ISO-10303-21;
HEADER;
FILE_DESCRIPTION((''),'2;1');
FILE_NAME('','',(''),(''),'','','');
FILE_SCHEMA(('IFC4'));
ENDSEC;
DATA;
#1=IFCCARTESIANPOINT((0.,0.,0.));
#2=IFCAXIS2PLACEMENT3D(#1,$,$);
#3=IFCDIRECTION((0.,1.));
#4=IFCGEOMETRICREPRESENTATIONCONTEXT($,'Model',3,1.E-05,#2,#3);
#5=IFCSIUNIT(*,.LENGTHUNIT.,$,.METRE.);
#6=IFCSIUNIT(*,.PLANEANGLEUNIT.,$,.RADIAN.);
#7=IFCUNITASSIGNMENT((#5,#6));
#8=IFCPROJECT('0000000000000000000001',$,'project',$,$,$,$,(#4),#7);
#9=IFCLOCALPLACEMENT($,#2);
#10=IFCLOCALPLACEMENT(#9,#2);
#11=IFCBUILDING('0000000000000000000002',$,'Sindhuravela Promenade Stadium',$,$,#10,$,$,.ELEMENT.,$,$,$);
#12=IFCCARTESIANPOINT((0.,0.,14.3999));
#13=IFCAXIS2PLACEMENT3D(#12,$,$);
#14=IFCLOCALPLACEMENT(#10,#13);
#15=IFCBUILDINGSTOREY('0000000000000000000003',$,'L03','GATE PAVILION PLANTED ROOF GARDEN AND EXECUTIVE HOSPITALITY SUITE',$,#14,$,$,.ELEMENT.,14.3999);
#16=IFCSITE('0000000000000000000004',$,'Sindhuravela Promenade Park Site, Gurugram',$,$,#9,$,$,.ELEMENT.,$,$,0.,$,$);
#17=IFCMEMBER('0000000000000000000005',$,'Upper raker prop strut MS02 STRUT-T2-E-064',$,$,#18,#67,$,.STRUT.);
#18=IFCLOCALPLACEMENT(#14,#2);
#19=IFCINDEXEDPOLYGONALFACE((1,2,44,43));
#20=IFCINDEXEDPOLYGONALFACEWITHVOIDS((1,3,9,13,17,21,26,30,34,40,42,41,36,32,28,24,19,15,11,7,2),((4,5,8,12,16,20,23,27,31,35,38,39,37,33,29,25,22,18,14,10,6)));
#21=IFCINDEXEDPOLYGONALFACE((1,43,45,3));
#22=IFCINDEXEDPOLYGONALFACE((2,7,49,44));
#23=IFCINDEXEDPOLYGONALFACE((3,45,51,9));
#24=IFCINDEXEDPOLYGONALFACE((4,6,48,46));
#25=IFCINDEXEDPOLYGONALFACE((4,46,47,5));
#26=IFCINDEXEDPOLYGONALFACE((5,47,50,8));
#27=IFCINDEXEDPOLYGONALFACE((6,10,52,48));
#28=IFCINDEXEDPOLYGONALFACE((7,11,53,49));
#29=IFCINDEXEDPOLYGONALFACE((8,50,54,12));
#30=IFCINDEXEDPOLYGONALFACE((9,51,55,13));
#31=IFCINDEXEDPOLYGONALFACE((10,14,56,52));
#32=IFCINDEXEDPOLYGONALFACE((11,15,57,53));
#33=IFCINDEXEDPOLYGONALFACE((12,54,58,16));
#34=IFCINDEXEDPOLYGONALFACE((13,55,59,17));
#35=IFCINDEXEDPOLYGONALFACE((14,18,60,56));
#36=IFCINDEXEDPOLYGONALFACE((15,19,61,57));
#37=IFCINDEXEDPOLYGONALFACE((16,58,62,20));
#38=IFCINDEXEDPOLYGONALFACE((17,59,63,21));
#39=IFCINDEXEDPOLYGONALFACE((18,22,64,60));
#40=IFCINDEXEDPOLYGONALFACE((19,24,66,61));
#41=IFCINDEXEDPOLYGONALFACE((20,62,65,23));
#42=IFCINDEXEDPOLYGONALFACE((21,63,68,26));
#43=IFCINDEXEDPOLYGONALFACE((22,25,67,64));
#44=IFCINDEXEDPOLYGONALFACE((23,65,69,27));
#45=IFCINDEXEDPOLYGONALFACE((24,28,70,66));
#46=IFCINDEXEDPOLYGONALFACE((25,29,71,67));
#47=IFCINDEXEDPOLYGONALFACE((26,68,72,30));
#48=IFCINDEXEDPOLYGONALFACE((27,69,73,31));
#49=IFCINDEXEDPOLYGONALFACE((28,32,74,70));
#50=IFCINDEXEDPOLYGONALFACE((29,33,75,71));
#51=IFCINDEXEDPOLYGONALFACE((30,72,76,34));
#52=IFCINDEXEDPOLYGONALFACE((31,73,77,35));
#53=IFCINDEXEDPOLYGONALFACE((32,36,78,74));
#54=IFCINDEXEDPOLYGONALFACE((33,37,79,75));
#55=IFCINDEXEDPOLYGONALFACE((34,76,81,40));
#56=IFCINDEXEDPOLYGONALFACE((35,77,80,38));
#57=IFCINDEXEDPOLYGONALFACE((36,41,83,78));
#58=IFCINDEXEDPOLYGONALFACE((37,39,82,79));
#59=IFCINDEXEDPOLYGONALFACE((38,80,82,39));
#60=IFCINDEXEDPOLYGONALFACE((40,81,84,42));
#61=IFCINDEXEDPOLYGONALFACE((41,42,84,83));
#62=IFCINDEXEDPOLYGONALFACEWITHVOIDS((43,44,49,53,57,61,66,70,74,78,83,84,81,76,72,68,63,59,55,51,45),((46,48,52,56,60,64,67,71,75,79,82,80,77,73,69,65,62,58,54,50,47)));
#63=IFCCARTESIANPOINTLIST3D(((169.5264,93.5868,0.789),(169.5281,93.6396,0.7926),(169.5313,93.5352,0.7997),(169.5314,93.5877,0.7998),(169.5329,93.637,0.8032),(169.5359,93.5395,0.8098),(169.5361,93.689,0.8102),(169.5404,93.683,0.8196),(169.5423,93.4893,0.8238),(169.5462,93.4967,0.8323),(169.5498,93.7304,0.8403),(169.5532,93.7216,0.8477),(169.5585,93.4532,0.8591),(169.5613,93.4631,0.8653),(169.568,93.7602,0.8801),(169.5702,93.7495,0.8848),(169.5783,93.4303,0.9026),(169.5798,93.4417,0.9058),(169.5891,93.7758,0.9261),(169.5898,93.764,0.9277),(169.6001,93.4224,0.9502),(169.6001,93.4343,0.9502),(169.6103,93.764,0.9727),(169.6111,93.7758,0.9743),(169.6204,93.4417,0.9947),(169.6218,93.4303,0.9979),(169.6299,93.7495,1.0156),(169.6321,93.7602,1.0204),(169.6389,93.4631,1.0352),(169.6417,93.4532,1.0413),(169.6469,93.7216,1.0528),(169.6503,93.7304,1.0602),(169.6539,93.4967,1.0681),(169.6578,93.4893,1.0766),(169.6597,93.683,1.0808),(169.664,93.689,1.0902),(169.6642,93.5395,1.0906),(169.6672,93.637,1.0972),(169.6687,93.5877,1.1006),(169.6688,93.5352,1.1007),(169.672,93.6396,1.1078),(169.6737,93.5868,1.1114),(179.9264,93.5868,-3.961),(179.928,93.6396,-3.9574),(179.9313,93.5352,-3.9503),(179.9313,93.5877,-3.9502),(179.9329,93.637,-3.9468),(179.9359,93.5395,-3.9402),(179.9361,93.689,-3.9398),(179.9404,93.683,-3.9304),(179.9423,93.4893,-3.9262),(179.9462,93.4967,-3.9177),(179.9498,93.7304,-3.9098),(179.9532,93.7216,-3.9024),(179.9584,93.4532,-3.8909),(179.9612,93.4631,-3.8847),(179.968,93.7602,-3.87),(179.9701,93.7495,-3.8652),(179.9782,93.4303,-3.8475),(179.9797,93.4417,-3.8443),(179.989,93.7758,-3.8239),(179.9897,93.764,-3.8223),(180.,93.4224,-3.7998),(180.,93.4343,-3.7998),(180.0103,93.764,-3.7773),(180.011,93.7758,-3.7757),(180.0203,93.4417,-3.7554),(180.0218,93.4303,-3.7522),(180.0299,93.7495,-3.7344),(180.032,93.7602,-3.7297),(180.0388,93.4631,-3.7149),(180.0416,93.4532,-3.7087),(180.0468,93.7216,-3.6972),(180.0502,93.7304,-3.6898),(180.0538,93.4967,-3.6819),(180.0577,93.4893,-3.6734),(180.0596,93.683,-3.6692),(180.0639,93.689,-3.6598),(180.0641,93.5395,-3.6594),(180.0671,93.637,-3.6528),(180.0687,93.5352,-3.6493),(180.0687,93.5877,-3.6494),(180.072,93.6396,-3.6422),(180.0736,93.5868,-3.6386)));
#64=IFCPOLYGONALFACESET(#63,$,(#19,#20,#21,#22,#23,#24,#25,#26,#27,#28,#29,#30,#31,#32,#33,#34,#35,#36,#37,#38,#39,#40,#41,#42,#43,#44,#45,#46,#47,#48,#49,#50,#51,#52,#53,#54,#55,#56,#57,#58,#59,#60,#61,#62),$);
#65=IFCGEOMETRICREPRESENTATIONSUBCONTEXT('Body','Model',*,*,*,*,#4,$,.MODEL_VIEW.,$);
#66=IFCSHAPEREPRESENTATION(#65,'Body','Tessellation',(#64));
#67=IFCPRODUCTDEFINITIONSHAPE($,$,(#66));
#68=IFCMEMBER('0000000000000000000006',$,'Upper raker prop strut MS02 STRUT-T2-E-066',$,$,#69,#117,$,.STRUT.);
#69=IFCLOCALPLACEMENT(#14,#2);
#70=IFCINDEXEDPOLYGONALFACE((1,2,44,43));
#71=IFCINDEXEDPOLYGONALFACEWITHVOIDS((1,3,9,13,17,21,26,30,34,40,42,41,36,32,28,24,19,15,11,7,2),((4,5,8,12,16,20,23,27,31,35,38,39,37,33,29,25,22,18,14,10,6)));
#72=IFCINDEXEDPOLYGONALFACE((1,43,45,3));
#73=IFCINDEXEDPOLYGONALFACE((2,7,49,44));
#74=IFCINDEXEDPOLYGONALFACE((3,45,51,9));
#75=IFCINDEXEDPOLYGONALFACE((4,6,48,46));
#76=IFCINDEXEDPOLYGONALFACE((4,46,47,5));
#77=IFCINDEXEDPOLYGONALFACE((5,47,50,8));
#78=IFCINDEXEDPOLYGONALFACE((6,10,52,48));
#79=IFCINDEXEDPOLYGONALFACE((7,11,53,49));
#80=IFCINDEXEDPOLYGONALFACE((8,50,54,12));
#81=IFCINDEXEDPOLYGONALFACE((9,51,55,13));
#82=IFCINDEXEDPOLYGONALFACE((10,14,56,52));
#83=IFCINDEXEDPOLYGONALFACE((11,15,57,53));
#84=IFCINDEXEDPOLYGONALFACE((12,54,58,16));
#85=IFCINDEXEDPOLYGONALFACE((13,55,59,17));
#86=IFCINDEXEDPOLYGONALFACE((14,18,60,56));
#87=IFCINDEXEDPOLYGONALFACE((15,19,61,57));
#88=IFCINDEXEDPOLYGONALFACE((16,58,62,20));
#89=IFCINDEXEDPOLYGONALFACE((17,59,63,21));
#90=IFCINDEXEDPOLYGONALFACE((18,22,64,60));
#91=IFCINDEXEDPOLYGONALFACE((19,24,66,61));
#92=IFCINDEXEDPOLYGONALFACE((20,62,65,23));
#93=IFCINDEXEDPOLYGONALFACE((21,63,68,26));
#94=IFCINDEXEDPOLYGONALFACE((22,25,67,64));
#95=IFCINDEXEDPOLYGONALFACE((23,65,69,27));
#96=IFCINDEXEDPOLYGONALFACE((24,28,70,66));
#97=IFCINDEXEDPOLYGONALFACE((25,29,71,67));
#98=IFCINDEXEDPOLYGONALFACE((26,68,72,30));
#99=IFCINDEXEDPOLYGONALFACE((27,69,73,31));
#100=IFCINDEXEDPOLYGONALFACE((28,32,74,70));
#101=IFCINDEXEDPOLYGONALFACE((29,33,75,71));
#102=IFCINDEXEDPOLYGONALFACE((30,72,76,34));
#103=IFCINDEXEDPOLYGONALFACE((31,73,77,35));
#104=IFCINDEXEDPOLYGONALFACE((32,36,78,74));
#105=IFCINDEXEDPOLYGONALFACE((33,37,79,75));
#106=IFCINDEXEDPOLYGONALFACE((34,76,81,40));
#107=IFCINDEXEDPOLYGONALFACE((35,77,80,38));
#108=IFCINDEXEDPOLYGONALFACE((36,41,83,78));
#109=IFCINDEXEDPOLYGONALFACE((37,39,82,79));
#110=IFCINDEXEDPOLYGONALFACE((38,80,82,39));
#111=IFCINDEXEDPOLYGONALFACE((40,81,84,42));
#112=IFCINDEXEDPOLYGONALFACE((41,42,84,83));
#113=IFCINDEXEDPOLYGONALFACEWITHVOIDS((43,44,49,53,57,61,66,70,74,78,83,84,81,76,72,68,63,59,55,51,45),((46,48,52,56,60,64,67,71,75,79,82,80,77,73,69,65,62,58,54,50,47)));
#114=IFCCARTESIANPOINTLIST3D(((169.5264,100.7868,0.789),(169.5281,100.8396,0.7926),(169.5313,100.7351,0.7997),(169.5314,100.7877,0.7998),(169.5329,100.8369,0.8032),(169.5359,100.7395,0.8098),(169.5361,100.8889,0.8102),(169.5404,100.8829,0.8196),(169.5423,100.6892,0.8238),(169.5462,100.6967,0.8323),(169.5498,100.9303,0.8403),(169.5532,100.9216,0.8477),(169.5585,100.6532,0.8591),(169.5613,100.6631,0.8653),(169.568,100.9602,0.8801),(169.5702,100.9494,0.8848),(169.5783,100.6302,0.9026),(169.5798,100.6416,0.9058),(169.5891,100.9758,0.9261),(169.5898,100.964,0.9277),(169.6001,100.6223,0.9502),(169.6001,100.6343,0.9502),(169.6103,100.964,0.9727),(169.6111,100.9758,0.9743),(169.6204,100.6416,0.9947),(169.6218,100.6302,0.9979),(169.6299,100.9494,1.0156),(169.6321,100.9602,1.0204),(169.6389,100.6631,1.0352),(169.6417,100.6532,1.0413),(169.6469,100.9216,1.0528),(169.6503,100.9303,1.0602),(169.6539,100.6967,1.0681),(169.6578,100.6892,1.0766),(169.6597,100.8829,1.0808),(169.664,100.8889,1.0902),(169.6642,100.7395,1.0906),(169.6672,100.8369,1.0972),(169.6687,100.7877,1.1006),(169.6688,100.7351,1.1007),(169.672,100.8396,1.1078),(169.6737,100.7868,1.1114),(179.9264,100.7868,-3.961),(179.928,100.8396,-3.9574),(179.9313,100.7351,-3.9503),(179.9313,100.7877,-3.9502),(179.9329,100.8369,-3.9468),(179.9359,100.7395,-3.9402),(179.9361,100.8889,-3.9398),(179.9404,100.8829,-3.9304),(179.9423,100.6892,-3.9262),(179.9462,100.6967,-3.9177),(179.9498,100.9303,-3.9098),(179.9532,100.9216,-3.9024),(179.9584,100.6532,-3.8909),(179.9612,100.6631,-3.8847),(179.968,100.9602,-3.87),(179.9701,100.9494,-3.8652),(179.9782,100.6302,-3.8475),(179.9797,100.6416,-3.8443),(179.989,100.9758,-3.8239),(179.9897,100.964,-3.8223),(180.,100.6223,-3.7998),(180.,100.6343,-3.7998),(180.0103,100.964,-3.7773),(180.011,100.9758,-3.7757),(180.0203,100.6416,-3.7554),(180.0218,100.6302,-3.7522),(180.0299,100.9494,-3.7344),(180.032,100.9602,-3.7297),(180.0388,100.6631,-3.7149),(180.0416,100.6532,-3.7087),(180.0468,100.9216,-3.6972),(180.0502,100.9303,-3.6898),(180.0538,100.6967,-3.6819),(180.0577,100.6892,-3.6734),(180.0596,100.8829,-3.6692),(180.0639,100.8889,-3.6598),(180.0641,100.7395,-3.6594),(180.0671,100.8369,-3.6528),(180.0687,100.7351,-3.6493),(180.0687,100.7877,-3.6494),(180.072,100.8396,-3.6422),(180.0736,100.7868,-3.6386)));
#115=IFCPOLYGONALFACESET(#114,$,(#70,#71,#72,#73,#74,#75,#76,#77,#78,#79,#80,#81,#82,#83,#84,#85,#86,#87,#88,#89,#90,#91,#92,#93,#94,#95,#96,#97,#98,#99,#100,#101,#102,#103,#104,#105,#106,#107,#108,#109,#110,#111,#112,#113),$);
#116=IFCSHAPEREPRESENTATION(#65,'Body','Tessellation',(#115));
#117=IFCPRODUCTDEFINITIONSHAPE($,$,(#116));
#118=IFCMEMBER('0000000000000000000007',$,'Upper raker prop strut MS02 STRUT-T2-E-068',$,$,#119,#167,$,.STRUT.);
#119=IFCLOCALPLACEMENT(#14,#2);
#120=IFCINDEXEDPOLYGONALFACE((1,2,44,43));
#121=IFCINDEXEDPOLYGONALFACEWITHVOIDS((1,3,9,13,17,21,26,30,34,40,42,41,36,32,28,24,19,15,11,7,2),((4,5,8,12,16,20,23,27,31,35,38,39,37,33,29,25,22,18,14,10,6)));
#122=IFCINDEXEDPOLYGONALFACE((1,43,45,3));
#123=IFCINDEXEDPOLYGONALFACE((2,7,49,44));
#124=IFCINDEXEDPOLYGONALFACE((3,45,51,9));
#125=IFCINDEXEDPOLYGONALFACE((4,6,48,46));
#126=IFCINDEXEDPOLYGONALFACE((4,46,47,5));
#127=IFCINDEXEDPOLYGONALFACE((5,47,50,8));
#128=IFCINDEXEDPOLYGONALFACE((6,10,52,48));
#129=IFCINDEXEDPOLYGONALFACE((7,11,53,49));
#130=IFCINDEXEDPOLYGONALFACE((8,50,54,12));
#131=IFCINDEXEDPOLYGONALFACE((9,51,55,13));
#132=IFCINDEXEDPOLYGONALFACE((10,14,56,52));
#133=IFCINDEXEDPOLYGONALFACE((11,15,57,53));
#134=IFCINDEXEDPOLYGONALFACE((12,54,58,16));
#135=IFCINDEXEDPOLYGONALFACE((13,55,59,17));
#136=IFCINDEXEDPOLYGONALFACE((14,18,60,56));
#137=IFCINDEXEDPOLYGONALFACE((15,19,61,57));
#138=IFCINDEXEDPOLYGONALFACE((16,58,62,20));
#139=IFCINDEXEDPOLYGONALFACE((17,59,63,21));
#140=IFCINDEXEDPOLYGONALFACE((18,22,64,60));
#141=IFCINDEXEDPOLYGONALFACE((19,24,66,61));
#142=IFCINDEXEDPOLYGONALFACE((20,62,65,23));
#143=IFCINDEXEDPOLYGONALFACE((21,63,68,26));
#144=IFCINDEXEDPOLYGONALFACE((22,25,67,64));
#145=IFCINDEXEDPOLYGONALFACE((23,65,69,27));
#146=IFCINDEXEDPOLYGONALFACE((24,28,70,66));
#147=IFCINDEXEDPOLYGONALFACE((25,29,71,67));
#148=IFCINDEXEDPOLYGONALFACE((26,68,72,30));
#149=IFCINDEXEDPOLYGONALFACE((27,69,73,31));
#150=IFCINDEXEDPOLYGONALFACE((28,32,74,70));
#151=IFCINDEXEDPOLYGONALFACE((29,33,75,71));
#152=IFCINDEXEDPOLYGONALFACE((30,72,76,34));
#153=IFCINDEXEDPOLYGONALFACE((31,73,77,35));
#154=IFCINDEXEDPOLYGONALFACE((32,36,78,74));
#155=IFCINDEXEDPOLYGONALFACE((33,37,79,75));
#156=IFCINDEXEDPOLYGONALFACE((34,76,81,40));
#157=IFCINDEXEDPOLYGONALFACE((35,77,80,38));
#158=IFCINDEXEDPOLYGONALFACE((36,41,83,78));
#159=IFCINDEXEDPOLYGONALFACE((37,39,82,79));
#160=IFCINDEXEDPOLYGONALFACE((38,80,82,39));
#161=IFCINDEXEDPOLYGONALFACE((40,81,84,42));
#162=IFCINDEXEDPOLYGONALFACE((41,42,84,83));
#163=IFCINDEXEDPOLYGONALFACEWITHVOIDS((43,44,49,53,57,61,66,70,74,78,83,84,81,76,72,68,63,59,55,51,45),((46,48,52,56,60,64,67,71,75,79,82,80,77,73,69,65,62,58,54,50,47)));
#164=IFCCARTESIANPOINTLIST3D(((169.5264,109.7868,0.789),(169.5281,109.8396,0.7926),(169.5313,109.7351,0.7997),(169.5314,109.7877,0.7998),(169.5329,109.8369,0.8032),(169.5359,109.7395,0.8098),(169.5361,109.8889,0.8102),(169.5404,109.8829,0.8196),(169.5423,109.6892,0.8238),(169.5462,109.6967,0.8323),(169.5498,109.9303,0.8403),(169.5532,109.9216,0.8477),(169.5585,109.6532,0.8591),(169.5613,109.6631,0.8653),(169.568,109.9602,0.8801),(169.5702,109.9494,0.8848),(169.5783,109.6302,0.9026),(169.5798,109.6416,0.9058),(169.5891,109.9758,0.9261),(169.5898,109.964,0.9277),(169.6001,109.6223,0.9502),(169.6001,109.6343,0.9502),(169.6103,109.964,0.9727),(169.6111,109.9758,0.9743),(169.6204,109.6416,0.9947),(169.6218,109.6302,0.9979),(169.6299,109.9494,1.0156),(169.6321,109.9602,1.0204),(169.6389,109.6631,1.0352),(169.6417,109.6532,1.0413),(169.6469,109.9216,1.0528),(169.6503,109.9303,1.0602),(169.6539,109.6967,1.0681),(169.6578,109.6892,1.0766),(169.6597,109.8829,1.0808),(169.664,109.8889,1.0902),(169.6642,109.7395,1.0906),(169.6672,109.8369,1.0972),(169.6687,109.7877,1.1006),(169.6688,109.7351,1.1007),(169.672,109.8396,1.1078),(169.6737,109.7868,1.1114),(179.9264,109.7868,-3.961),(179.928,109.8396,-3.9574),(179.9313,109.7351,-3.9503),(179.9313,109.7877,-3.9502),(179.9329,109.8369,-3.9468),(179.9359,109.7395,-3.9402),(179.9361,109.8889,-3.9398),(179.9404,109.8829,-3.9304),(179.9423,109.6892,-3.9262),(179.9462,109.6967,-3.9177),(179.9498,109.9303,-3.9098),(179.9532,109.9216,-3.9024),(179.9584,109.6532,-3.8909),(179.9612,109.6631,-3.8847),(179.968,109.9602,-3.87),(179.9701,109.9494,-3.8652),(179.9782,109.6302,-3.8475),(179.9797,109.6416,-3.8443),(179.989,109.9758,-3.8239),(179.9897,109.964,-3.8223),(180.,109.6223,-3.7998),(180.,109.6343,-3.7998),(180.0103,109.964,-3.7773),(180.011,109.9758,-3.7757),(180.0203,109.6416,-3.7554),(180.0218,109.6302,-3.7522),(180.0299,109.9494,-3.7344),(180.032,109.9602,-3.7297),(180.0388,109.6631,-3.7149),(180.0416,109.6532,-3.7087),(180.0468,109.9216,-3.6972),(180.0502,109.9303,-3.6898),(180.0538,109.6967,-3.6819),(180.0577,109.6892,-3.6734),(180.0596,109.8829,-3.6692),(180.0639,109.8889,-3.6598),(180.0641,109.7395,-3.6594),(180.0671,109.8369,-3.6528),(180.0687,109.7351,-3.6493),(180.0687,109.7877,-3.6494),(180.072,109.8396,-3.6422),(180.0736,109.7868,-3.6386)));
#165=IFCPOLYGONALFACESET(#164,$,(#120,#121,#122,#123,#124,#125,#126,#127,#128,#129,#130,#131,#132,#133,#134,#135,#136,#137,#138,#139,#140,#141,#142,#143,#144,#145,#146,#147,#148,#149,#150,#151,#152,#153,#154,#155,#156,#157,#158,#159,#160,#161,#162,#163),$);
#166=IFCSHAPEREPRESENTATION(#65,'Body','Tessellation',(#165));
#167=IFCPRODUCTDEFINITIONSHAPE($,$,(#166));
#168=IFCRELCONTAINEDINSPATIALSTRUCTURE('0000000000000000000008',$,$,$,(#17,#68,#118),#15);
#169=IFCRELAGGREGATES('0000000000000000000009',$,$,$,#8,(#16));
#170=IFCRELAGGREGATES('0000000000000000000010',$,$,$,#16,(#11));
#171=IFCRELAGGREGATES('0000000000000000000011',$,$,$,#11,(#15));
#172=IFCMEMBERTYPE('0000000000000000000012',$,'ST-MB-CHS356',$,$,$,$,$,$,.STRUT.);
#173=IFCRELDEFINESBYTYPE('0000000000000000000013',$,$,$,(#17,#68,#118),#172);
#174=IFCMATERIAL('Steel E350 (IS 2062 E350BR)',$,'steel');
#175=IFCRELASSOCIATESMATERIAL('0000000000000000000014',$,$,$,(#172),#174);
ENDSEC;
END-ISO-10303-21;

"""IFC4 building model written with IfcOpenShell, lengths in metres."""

from ifc_helpers import new_model, si_unit, direction, frame, origin, origin_2d, place, context, subcontext, project, spatial, hollow_circle, extrude, material, material_profile, profile_set, type_object, element, save


model = new_model("IFC4")

# Units and contexts
model_context = context("Model", 3, precision=1e-05, world=origin(), true_north=direction((0.0, 1.0)))
body_context = subcontext(model_context, "Body", "Model", "MODEL_VIEW")
ifc_project = project(units=[si_unit("LENGTHUNIT", "METRE"), si_unit("PLANEANGLEUNIT", "RADIAN")], contexts=[model_context])

# Site, building, storey
site_placement = place(None, origin())
site = spatial("IfcSite", under=ifc_project, at=site_placement, Name="Sindhuravela Promenade Park Site, Gurugram", CompositionType="ELEMENT", RefElevation=0.0)
building_placement = place(site_placement, origin())
building = spatial("IfcBuilding", under=site, at=building_placement, Name="Sindhuravela Promenade Stadium", CompositionType="ELEMENT")
storey_placement = place(building_placement, frame((0.0, 0.0, 14.3999)))
storey = spatial("IfcBuildingStorey", under=building, at=storey_placement, Name="L03", Description="GATE PAVILION PLANTED ROOF GARDEN AND EXECUTIVE HOSPITALITY SUITE", CompositionType="ELEMENT", Elevation=14.3999)

# Members
ifc_material_1 = material(Name="Steel E350 (IS 2062 E350BR)", Category="steel")
ifc_material_profile_1 = material_profile(ifc_material_1, hollow_circle(Radius=0.1777, WallThickness=0.012, at=origin_2d()), Name="CHS 355.6x12")
ifc_profile_set_1 = profile_set([ifc_material_profile_1], Name="Steel E350 (IS 2062 E350BR)")
member_type = type_object("IfcMemberType", Name="ST-MB-CHS356", PredefinedType="STRUT", material=ifc_profile_set_1)
for number, where, z_axis, x_axis, name in (
    (1, (180.0, 93.6001, -3.7998), (-0.909615, 0.0, 0.415453), (0.0, -1.0, 0.0), "Upper raker prop strut MS02 STRUT-T2-E-064"),
    (2, (180.0, 100.8, -3.7998), (-0.909615, 0.0, 0.415453), (0.0, -1.0, 0.0), "Upper raker prop strut MS02 STRUT-T2-E-066"),
    (3, (180.0, 109.8, -3.7998), (-0.909615, 0.0, 0.415453), (0.0, -1.0, 0.0), "Upper raker prop strut MS02 STRUT-T2-E-068"),
):
    element("IfcMember", number, at=place(storey_placement, frame(where, z_axis=z_axis, x_axis=x_axis)), inside=storey, type_object=member_type, Name=name, PredefinedType="STRUT", context=body_context, shape_type="SweptSolid", body=[
        extrude(hollow_circle(Radius=0.1777, WallThickness=0.012, at=origin_2d()), origin(), (0.0, 0.0, 1.0), 11.4333),
    ])

save(model, "model.ifc")
